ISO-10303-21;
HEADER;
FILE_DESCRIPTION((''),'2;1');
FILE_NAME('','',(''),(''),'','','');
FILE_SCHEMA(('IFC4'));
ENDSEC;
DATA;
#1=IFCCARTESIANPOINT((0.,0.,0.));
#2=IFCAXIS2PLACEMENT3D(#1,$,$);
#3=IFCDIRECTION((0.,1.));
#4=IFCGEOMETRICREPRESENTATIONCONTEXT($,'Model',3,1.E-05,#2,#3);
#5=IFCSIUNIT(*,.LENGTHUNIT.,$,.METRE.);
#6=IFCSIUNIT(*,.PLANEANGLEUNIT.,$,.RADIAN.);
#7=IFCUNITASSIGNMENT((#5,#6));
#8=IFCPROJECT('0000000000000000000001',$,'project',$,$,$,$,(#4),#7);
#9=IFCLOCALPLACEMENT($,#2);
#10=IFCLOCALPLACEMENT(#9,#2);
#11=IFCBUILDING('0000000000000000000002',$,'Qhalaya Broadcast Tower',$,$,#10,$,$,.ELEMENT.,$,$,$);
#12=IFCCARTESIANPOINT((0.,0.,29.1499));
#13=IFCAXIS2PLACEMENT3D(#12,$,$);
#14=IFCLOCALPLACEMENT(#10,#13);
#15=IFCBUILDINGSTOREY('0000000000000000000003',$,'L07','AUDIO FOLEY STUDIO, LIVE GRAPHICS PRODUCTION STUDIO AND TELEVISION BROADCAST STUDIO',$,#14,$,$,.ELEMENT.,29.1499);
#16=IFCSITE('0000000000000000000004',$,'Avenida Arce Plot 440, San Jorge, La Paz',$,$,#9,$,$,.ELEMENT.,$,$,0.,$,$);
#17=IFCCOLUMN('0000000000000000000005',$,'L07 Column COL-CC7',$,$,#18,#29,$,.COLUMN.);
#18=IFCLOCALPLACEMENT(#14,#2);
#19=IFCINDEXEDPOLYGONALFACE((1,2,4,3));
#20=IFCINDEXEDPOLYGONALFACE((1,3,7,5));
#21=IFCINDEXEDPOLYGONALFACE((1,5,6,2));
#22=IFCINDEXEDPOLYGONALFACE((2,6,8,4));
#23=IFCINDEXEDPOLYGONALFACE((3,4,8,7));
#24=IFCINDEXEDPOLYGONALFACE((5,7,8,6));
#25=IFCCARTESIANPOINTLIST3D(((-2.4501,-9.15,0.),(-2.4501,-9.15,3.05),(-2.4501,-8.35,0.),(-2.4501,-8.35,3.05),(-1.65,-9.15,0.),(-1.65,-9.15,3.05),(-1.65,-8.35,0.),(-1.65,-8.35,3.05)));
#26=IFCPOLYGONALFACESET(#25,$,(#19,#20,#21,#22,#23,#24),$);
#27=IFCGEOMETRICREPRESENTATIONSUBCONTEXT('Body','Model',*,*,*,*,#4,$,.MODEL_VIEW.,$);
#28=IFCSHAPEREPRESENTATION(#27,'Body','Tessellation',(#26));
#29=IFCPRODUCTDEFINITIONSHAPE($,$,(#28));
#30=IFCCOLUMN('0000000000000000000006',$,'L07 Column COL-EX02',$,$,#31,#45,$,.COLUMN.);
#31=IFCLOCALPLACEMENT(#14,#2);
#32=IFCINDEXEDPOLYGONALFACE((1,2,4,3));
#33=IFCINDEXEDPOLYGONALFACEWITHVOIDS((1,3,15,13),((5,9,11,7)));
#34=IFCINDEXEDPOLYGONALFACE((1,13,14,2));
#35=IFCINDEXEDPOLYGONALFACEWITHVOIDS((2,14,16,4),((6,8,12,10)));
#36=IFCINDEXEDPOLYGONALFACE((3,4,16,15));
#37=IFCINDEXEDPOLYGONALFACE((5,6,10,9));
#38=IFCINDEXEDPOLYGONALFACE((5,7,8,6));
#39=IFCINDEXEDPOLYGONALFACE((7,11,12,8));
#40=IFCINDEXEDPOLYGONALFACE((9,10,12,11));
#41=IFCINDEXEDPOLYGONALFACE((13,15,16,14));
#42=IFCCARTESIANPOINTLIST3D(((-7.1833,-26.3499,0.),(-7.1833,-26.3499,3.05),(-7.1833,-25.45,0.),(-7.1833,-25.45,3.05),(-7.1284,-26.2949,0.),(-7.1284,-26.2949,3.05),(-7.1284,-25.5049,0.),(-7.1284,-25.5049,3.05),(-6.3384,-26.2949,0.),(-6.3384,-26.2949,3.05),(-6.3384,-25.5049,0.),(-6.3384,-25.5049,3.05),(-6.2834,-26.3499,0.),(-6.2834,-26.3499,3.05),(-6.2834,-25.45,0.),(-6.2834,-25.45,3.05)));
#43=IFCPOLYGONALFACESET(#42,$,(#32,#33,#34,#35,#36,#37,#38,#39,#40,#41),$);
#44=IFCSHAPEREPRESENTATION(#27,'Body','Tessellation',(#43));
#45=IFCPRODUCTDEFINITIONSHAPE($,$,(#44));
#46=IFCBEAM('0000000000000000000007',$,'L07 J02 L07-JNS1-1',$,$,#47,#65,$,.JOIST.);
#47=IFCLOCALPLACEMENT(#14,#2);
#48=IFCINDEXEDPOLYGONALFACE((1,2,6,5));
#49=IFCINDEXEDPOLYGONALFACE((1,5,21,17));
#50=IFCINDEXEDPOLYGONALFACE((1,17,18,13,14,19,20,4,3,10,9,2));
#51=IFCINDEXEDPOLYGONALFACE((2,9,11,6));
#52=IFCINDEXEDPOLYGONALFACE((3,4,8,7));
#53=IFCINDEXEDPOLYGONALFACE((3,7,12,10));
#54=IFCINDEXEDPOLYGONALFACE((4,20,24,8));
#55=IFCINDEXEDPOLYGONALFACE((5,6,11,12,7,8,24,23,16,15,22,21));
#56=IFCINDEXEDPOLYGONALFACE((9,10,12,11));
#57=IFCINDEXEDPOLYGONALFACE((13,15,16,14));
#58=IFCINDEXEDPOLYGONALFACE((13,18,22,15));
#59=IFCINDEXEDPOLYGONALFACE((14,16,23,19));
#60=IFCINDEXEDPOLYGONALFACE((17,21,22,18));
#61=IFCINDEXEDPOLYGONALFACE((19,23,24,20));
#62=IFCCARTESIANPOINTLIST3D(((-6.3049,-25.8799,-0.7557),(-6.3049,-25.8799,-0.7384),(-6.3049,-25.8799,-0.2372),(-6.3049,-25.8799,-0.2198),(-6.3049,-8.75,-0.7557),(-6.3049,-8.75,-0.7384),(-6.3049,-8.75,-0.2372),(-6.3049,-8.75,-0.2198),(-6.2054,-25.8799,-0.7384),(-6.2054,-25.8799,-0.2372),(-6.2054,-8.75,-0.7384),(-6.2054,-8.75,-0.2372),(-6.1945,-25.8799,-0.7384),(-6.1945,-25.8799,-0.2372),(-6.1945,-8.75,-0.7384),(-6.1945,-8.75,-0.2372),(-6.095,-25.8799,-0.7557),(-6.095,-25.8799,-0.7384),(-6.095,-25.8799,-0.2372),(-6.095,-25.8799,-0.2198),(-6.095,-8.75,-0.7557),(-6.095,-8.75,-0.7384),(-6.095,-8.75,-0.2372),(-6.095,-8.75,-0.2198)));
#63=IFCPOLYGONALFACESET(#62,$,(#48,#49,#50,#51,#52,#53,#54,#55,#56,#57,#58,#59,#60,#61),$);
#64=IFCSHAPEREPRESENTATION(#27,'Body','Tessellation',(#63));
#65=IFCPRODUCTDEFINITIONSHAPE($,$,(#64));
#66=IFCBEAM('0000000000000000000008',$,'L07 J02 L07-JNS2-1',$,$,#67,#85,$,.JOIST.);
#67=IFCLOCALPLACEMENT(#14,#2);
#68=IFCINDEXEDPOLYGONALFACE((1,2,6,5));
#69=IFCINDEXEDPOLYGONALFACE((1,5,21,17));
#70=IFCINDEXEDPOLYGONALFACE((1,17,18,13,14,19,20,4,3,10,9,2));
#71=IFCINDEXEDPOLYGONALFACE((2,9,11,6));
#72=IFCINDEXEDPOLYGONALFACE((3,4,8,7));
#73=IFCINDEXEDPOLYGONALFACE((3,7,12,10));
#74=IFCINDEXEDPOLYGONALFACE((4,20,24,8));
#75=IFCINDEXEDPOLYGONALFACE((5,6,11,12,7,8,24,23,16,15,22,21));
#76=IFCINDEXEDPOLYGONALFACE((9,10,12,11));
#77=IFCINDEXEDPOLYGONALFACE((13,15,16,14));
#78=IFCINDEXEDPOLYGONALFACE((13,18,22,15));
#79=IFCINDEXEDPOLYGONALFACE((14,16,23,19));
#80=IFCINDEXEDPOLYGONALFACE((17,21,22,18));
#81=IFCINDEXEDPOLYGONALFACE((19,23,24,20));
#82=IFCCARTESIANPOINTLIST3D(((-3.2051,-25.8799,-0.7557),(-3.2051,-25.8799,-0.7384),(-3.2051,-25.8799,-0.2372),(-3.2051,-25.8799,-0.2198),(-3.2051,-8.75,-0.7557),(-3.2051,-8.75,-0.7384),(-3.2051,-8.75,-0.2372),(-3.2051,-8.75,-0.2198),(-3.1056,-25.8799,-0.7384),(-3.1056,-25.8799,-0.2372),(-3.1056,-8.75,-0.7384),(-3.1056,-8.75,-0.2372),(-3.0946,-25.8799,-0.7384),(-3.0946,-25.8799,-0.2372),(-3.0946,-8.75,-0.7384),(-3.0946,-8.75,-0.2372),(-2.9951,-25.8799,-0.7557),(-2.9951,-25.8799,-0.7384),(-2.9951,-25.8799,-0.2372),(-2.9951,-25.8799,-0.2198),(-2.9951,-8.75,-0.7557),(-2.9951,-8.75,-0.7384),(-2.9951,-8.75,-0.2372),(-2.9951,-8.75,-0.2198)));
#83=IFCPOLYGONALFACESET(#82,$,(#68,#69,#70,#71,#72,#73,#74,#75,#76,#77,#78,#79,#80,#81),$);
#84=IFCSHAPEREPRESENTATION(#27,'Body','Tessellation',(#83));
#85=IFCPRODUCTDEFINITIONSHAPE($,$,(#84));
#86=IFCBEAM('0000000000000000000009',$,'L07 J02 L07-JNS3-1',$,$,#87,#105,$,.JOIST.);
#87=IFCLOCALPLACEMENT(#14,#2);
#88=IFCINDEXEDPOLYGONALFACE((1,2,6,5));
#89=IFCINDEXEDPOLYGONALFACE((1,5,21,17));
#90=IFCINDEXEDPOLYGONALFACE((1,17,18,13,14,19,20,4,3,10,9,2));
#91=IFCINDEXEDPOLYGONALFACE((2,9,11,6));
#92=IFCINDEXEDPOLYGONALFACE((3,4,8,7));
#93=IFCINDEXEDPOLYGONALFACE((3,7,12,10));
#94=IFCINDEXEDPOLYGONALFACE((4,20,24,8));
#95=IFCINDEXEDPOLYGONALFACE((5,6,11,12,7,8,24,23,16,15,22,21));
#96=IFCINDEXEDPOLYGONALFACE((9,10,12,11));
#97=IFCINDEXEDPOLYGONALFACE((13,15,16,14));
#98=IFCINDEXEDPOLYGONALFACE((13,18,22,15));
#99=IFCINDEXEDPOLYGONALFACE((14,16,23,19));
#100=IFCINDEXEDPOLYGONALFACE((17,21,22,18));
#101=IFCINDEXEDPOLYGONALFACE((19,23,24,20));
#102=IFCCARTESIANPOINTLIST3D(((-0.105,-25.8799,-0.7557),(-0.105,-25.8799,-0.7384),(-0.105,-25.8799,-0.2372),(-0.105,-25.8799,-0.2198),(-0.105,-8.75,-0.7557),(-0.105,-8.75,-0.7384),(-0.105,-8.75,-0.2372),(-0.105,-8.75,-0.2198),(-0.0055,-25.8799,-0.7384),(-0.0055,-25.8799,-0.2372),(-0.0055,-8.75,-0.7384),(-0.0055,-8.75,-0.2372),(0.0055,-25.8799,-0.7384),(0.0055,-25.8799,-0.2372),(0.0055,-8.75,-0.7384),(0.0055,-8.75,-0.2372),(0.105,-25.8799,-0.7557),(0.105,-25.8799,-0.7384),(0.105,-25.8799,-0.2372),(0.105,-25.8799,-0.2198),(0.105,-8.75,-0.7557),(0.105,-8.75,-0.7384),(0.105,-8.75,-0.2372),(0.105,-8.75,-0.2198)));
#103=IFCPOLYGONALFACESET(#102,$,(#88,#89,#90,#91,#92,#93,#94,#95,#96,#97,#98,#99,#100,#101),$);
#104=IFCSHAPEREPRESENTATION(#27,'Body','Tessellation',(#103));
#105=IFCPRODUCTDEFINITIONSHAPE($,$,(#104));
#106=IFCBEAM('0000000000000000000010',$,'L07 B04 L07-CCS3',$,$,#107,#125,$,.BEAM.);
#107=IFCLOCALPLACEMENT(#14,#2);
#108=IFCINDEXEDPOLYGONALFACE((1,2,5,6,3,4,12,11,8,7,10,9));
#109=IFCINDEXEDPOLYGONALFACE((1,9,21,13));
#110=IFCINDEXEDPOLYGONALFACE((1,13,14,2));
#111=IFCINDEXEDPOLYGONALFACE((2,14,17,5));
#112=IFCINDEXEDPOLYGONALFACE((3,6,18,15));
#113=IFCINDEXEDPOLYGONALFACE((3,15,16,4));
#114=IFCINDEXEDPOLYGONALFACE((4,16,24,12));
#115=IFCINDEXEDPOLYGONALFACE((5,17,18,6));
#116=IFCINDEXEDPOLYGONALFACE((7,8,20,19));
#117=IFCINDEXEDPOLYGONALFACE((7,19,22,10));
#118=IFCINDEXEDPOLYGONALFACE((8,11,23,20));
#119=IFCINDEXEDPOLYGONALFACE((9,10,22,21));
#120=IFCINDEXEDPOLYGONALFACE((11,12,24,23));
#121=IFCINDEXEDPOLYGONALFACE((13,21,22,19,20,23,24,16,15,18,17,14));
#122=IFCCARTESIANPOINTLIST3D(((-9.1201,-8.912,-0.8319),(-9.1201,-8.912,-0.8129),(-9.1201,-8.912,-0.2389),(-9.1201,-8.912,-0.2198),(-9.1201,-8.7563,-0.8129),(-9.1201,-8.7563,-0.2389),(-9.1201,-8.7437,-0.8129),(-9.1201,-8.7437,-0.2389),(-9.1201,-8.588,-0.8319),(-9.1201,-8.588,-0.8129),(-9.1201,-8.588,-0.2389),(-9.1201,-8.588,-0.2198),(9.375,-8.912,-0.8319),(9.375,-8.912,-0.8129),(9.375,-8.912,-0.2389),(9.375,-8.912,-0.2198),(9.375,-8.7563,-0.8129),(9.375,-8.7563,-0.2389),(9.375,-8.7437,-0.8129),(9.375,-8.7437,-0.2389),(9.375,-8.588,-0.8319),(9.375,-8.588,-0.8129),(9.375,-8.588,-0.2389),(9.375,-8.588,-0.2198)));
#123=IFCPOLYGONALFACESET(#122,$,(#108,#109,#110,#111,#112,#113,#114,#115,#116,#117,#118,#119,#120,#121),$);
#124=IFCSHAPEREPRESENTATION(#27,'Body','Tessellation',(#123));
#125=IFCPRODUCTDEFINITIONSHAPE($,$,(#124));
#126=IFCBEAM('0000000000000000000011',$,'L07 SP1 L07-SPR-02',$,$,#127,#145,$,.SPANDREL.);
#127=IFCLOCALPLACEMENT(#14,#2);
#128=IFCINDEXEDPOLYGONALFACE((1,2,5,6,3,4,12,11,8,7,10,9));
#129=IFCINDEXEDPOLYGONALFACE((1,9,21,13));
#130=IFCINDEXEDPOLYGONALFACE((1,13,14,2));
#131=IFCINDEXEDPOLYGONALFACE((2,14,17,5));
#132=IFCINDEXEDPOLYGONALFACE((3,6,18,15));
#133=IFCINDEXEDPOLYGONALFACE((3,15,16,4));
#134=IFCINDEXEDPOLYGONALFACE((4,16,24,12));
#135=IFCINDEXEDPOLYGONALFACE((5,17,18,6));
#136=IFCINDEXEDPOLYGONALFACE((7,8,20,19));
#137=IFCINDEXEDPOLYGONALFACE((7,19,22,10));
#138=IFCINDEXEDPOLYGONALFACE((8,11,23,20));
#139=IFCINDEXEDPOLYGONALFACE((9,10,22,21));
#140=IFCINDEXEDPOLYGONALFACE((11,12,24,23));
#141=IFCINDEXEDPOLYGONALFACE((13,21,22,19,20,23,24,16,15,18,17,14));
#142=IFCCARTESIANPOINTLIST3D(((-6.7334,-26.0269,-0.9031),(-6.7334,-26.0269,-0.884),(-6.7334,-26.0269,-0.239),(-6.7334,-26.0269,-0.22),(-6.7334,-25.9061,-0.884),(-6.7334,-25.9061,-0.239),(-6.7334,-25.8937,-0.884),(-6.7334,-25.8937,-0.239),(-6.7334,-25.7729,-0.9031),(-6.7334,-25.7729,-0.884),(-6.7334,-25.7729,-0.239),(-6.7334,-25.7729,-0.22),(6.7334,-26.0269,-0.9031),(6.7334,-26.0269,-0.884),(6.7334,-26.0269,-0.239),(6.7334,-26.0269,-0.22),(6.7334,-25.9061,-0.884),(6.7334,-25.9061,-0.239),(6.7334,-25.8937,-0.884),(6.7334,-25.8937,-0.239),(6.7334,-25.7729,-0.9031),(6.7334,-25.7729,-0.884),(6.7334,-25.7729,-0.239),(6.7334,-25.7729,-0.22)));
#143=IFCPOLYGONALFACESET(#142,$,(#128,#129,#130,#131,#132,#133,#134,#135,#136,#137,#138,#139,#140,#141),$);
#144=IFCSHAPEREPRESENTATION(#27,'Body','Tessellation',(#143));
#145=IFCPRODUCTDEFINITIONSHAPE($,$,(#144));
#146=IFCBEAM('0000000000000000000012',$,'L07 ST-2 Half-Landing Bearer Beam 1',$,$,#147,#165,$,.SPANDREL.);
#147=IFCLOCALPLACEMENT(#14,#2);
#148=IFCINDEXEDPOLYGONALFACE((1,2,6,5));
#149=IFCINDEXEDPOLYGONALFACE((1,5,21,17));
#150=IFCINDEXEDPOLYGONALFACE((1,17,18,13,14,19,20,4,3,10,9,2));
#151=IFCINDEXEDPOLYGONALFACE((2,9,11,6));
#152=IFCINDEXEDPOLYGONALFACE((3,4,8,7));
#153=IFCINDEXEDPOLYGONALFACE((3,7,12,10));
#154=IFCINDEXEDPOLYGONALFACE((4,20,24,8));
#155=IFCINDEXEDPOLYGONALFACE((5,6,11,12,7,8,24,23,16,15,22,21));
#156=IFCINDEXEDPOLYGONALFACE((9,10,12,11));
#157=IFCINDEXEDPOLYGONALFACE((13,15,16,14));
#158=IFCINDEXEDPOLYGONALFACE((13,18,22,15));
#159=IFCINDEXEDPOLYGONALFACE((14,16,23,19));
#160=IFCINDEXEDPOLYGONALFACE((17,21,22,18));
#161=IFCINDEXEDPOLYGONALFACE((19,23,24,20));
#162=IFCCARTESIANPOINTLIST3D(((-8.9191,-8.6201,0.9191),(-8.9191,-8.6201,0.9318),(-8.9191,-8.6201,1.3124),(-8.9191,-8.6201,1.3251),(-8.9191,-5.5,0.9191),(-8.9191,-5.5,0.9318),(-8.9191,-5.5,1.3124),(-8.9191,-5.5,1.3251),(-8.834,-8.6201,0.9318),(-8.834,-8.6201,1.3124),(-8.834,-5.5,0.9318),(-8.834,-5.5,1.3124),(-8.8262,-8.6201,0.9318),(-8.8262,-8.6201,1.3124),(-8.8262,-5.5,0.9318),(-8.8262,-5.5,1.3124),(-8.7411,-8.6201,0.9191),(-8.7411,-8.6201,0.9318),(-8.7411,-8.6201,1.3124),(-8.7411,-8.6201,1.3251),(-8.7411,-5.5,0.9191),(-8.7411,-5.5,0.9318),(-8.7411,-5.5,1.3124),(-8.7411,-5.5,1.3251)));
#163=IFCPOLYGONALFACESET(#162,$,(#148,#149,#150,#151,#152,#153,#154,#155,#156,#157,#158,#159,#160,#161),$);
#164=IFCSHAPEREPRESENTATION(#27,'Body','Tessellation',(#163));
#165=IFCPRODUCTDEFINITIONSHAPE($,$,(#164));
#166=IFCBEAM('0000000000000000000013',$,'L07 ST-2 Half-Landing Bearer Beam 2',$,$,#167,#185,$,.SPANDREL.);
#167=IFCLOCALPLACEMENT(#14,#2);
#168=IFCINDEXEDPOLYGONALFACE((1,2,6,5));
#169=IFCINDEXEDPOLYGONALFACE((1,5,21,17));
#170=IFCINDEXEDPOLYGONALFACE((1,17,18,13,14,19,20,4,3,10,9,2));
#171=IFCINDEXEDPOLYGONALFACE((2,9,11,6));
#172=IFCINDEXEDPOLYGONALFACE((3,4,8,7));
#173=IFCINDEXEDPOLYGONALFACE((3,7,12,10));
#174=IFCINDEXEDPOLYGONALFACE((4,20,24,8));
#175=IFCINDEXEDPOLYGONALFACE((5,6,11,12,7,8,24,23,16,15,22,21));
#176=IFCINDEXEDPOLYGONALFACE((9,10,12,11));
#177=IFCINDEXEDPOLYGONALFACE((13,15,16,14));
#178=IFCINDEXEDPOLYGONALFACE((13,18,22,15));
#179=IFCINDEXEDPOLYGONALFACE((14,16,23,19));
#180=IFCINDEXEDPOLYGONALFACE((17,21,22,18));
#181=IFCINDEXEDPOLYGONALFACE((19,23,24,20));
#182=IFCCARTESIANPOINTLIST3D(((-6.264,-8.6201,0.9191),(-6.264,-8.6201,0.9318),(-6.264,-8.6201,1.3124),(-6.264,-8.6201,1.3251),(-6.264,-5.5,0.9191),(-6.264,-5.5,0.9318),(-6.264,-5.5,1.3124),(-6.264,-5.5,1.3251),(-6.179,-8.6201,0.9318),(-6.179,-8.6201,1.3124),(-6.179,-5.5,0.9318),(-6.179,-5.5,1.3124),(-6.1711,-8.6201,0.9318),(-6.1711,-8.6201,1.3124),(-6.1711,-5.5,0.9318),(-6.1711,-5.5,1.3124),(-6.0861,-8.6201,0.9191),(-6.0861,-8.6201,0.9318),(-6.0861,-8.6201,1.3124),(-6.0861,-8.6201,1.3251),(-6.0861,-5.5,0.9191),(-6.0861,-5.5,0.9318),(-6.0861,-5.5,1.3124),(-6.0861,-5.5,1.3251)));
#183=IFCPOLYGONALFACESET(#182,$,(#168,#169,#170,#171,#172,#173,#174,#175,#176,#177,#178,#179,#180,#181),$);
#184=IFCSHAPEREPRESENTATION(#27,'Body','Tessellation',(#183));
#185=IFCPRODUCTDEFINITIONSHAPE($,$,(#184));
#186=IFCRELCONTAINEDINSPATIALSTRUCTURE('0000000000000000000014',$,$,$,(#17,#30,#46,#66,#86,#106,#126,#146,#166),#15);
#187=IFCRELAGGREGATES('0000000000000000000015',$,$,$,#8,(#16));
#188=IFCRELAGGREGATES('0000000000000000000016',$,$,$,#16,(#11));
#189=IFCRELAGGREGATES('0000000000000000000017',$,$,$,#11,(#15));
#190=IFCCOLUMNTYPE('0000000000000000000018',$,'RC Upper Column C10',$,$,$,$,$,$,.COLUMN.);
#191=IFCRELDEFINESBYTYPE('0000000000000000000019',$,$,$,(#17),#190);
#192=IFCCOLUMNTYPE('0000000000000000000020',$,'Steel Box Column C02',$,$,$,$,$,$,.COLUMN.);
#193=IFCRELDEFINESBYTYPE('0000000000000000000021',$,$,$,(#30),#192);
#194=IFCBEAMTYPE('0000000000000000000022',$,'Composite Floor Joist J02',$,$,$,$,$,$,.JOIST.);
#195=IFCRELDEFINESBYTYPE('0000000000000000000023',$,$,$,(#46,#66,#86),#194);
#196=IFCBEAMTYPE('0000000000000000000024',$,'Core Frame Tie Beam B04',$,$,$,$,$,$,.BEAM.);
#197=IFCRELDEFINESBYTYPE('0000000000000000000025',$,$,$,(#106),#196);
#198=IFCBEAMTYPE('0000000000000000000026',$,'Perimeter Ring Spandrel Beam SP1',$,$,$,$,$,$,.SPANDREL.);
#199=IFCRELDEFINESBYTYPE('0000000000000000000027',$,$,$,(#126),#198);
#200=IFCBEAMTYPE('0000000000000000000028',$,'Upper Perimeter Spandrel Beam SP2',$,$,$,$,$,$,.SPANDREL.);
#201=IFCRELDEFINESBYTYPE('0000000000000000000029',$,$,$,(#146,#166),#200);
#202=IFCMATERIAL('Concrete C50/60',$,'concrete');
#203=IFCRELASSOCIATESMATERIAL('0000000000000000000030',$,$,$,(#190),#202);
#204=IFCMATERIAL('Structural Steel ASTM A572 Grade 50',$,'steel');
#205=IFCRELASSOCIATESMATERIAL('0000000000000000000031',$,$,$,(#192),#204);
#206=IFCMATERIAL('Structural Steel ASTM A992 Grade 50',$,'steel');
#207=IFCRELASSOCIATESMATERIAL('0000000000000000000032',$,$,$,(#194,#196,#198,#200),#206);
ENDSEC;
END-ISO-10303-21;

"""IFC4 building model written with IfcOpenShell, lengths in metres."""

from ifc_helpers import new_model, si_unit, direction, frame, origin, origin_2d, place, context, subcontext, project, spatial, rectangle, hollow_rectangle, i_section, extrude, material, material_profile, profile_set, type_object, element, save


model = new_model("IFC4")

# Units and contexts
model_context = context("Model", 3, precision=1e-05, world=origin(), true_north=direction((0.0, 1.0)))
body_context = subcontext(model_context, "Body", "Model", "MODEL_VIEW")
ifc_project = project(units=[si_unit("LENGTHUNIT", "METRE"), si_unit("PLANEANGLEUNIT", "RADIAN")], contexts=[model_context])

# Site, building, storey
site_placement = place(None, origin())
site = spatial("IfcSite", under=ifc_project, at=site_placement, Name="Avenida Arce Plot 440, San Jorge, La Paz", CompositionType="ELEMENT", RefElevation=0.0)
building_placement = place(site_placement, origin())
building = spatial("IfcBuilding", under=site, at=building_placement, Name="Qhalaya Broadcast Tower", CompositionType="ELEMENT")
storey_placement = place(building_placement, frame((0.0, 0.0, 29.1499)))
storey = spatial("IfcBuildingStorey", under=building, at=storey_placement, Name="L07", Description="AUDIO FOLEY STUDIO, LIVE GRAPHICS PRODUCTION STUDIO AND TELEVISION BROADCAST STUDIO", CompositionType="ELEMENT", Elevation=29.1499)

# Columns
ifc_material_1 = material(Name="Concrete C50/60", Category="concrete")
ifc_material_profile_1 = material_profile(ifc_material_1, rectangle(XDim=0.8, YDim=0.8, at=origin_2d()), Name="RC-COL 800x800")
ifc_profile_set_1 = profile_set([ifc_material_profile_1], Name="Concrete C50/60")
column_type_1 = type_object("IfcColumnType", Name="RC Upper Column C10", PredefinedType="COLUMN", material=ifc_profile_set_1)
column_1_placement = place(storey_placement, frame((-2.05, -8.75, 0.0), z_axis=(0.0, 0.0, 1.0), x_axis=(1.0, 0.0, 0.0)))
element("IfcColumn", 1, at=column_1_placement, inside=storey, type_object=column_type_1, Name="L07 Column COL-CC7", PredefinedType="COLUMN", context=body_context, shape_type="SweptSolid", body=[
    extrude(rectangle(XDim=0.8, YDim=0.8, at=origin_2d()), origin(), (0.0, 0.0, 1.0), 3.05),
])
ifc_material_2 = material(Name="Structural Steel ASTM A572 Grade 50", Category="steel")
ifc_material_profile_2 = material_profile(ifc_material_2, hollow_rectangle(XDim=0.8999, YDim=0.8999, WallThickness=0.0549, at=origin_2d()), Name="BOX 900x900x55")
ifc_profile_set_2 = profile_set([ifc_material_profile_2], Name="Structural Steel ASTM A572 Grade 50")
column_type_2 = type_object("IfcColumnType", Name="Steel Box Column C02", PredefinedType="COLUMN", material=ifc_profile_set_2)
column_2_placement = place(storey_placement, frame((-6.7334, -25.8999, 0.0), z_axis=(0.0, 0.0, 1.0), x_axis=(1.0, 0.0, 0.0)))
element("IfcColumn", 2, at=column_2_placement, inside=storey, type_object=column_type_2, Name="L07 Column COL-EX02", PredefinedType="COLUMN", context=body_context, shape_type="SweptSolid", body=[
    extrude(hollow_rectangle(XDim=0.8999, YDim=0.8999, WallThickness=0.0549, at=origin_2d()), origin(), (0.0, 0.0, 1.0), 3.05),
])

# Beams
ifc_material_3 = material(Name="Structural Steel ASTM A992 Grade 50", Category="steel")
ifc_material_profile_3 = material_profile(ifc_material_3, i_section(OverallWidth=0.21, OverallDepth=0.5359, WebThickness=0.011, FlangeThickness=0.0173, at=origin_2d()), Name="W21X68")
ifc_profile_set_3 = profile_set([ifc_material_profile_3], Name="Structural Steel ASTM A992 Grade 50")
beam_type_1 = type_object("IfcBeamType", Name="Composite Floor Joist J02", PredefinedType="JOIST", material=ifc_profile_set_3)
for number, where, z_axis, x_axis, name in (
    (3, (-6.2, -25.8799, -0.4878), (0.0, 1.0, 0.0), (-1.0, 0.0, 0.0), "L07 J02 L07-JNS1-1"),
    (4, (-3.1001, -25.8799, -0.4878), (0.0, 1.0, 0.0), (-1.0, 0.0, 0.0), "L07 J02 L07-JNS2-1"),
    (5, (0.0, -25.8799, -0.4878), (0.0, 1.0, 0.0), (-1.0, 0.0, 0.0), "L07 J02 L07-JNS3-1"),
):
    element("IfcBeam", number, at=place(storey_placement, frame(where, z_axis=z_axis, x_axis=x_axis)), inside=storey, type_object=beam_type_1, Name=name, PredefinedType="JOIST", context=body_context, shape_type="SweptSolid", body=[
        extrude(i_section(OverallWidth=0.21, OverallDepth=0.5359, WebThickness=0.011, FlangeThickness=0.0173, at=origin_2d()), origin(), (0.0, 0.0, 1.0), 17.1299),
    ])
ifc_material_profile_4 = material_profile(ifc_material_3, i_section(OverallWidth=0.324, OverallDepth=0.6121, WebThickness=0.0127, FlangeThickness=0.019, at=origin_2d()), Name="W24X104")
ifc_profile_set_4 = profile_set([ifc_material_profile_4], Name="Structural Steel ASTM A992 Grade 50")
beam_type_2 = type_object("IfcBeamType", Name="Core Frame Tie Beam B04", PredefinedType="BEAM", material=ifc_profile_set_4)
beam_1_placement = place(storey_placement, frame((-9.1201, -8.75, -0.5259), z_axis=(1.0, 0.0, 0.0), x_axis=(0.0, 1.0, 0.0)))
element("IfcBeam", 6, at=beam_1_placement, inside=storey, type_object=beam_type_2, Name="L07 B04 L07-CCS3", PredefinedType="BEAM", context=body_context, shape_type="SweptSolid", body=[
    extrude(i_section(OverallWidth=0.324, OverallDepth=0.6121, WebThickness=0.0127, FlangeThickness=0.019, at=origin_2d()), origin(), (0.0, 0.0, 1.0), 18.4951),
])
ifc_material_profile_5 = material_profile(ifc_material_3, i_section(OverallWidth=0.2539, OverallDepth=0.6831, WebThickness=0.0125, FlangeThickness=0.019, at=origin_2d()), Name="W27X94")
ifc_profile_set_5 = profile_set([ifc_material_profile_5], Name="Structural Steel ASTM A992 Grade 50")
beam_type_3 = type_object("IfcBeamType", Name="Perimeter Ring Spandrel Beam SP1", PredefinedType="SPANDREL", material=ifc_profile_set_5)
beam_2_placement = place(storey_placement, frame((-6.7334, -25.8999, -0.5615), z_axis=(1.0, 0.0, 0.0), x_axis=(0.0, 1.0, 0.0)))
element("IfcBeam", 7, at=beam_2_placement, inside=storey, type_object=beam_type_3, Name="L07 SP1 L07-SPR-02", PredefinedType="SPANDREL", context=body_context, shape_type="SweptSolid", body=[
    extrude(i_section(OverallWidth=0.2539, OverallDepth=0.6831, WebThickness=0.0125, FlangeThickness=0.019, at=origin_2d()), origin(), (0.0, 0.0, 1.0), 13.4668),
])
ifc_material_profile_6 = material_profile(ifc_material_3, i_section(OverallWidth=0.178, OverallDepth=0.406, WebThickness=0.0078, FlangeThickness=0.0127, at=origin_2d()), Name="W16X40")
ifc_profile_set_6 = profile_set([ifc_material_profile_6], Name="Structural Steel ASTM A992 Grade 50")
beam_type_4 = type_object("IfcBeamType", Name="Upper Perimeter Spandrel Beam SP2", PredefinedType="SPANDREL", material=ifc_profile_set_6)
for number, where, z_axis, x_axis, name in (
    (8, (-8.8301, -8.6201, 1.1221), (0.0, 1.0, 0.0), (-1.0, 0.0, 0.0), "L07 ST-2 Half-Landing Bearer Beam 1"),
    (9, (-6.175, -8.6201, 1.1221), (0.0, 1.0, 0.0), (-1.0, 0.0, 0.0), "L07 ST-2 Half-Landing Bearer Beam 2"),
):
    element("IfcBeam", number, at=place(storey_placement, frame(where, z_axis=z_axis, x_axis=x_axis)), inside=storey, type_object=beam_type_4, Name=name, PredefinedType="SPANDREL", context=body_context, shape_type="SweptSolid", body=[
        extrude(i_section(OverallWidth=0.178, OverallDepth=0.406, WebThickness=0.0078, FlangeThickness=0.0127, at=origin_2d()), origin(), (0.0, 0.0, 1.0), 3.1201),
    ])

save(model, "model.ifc")
